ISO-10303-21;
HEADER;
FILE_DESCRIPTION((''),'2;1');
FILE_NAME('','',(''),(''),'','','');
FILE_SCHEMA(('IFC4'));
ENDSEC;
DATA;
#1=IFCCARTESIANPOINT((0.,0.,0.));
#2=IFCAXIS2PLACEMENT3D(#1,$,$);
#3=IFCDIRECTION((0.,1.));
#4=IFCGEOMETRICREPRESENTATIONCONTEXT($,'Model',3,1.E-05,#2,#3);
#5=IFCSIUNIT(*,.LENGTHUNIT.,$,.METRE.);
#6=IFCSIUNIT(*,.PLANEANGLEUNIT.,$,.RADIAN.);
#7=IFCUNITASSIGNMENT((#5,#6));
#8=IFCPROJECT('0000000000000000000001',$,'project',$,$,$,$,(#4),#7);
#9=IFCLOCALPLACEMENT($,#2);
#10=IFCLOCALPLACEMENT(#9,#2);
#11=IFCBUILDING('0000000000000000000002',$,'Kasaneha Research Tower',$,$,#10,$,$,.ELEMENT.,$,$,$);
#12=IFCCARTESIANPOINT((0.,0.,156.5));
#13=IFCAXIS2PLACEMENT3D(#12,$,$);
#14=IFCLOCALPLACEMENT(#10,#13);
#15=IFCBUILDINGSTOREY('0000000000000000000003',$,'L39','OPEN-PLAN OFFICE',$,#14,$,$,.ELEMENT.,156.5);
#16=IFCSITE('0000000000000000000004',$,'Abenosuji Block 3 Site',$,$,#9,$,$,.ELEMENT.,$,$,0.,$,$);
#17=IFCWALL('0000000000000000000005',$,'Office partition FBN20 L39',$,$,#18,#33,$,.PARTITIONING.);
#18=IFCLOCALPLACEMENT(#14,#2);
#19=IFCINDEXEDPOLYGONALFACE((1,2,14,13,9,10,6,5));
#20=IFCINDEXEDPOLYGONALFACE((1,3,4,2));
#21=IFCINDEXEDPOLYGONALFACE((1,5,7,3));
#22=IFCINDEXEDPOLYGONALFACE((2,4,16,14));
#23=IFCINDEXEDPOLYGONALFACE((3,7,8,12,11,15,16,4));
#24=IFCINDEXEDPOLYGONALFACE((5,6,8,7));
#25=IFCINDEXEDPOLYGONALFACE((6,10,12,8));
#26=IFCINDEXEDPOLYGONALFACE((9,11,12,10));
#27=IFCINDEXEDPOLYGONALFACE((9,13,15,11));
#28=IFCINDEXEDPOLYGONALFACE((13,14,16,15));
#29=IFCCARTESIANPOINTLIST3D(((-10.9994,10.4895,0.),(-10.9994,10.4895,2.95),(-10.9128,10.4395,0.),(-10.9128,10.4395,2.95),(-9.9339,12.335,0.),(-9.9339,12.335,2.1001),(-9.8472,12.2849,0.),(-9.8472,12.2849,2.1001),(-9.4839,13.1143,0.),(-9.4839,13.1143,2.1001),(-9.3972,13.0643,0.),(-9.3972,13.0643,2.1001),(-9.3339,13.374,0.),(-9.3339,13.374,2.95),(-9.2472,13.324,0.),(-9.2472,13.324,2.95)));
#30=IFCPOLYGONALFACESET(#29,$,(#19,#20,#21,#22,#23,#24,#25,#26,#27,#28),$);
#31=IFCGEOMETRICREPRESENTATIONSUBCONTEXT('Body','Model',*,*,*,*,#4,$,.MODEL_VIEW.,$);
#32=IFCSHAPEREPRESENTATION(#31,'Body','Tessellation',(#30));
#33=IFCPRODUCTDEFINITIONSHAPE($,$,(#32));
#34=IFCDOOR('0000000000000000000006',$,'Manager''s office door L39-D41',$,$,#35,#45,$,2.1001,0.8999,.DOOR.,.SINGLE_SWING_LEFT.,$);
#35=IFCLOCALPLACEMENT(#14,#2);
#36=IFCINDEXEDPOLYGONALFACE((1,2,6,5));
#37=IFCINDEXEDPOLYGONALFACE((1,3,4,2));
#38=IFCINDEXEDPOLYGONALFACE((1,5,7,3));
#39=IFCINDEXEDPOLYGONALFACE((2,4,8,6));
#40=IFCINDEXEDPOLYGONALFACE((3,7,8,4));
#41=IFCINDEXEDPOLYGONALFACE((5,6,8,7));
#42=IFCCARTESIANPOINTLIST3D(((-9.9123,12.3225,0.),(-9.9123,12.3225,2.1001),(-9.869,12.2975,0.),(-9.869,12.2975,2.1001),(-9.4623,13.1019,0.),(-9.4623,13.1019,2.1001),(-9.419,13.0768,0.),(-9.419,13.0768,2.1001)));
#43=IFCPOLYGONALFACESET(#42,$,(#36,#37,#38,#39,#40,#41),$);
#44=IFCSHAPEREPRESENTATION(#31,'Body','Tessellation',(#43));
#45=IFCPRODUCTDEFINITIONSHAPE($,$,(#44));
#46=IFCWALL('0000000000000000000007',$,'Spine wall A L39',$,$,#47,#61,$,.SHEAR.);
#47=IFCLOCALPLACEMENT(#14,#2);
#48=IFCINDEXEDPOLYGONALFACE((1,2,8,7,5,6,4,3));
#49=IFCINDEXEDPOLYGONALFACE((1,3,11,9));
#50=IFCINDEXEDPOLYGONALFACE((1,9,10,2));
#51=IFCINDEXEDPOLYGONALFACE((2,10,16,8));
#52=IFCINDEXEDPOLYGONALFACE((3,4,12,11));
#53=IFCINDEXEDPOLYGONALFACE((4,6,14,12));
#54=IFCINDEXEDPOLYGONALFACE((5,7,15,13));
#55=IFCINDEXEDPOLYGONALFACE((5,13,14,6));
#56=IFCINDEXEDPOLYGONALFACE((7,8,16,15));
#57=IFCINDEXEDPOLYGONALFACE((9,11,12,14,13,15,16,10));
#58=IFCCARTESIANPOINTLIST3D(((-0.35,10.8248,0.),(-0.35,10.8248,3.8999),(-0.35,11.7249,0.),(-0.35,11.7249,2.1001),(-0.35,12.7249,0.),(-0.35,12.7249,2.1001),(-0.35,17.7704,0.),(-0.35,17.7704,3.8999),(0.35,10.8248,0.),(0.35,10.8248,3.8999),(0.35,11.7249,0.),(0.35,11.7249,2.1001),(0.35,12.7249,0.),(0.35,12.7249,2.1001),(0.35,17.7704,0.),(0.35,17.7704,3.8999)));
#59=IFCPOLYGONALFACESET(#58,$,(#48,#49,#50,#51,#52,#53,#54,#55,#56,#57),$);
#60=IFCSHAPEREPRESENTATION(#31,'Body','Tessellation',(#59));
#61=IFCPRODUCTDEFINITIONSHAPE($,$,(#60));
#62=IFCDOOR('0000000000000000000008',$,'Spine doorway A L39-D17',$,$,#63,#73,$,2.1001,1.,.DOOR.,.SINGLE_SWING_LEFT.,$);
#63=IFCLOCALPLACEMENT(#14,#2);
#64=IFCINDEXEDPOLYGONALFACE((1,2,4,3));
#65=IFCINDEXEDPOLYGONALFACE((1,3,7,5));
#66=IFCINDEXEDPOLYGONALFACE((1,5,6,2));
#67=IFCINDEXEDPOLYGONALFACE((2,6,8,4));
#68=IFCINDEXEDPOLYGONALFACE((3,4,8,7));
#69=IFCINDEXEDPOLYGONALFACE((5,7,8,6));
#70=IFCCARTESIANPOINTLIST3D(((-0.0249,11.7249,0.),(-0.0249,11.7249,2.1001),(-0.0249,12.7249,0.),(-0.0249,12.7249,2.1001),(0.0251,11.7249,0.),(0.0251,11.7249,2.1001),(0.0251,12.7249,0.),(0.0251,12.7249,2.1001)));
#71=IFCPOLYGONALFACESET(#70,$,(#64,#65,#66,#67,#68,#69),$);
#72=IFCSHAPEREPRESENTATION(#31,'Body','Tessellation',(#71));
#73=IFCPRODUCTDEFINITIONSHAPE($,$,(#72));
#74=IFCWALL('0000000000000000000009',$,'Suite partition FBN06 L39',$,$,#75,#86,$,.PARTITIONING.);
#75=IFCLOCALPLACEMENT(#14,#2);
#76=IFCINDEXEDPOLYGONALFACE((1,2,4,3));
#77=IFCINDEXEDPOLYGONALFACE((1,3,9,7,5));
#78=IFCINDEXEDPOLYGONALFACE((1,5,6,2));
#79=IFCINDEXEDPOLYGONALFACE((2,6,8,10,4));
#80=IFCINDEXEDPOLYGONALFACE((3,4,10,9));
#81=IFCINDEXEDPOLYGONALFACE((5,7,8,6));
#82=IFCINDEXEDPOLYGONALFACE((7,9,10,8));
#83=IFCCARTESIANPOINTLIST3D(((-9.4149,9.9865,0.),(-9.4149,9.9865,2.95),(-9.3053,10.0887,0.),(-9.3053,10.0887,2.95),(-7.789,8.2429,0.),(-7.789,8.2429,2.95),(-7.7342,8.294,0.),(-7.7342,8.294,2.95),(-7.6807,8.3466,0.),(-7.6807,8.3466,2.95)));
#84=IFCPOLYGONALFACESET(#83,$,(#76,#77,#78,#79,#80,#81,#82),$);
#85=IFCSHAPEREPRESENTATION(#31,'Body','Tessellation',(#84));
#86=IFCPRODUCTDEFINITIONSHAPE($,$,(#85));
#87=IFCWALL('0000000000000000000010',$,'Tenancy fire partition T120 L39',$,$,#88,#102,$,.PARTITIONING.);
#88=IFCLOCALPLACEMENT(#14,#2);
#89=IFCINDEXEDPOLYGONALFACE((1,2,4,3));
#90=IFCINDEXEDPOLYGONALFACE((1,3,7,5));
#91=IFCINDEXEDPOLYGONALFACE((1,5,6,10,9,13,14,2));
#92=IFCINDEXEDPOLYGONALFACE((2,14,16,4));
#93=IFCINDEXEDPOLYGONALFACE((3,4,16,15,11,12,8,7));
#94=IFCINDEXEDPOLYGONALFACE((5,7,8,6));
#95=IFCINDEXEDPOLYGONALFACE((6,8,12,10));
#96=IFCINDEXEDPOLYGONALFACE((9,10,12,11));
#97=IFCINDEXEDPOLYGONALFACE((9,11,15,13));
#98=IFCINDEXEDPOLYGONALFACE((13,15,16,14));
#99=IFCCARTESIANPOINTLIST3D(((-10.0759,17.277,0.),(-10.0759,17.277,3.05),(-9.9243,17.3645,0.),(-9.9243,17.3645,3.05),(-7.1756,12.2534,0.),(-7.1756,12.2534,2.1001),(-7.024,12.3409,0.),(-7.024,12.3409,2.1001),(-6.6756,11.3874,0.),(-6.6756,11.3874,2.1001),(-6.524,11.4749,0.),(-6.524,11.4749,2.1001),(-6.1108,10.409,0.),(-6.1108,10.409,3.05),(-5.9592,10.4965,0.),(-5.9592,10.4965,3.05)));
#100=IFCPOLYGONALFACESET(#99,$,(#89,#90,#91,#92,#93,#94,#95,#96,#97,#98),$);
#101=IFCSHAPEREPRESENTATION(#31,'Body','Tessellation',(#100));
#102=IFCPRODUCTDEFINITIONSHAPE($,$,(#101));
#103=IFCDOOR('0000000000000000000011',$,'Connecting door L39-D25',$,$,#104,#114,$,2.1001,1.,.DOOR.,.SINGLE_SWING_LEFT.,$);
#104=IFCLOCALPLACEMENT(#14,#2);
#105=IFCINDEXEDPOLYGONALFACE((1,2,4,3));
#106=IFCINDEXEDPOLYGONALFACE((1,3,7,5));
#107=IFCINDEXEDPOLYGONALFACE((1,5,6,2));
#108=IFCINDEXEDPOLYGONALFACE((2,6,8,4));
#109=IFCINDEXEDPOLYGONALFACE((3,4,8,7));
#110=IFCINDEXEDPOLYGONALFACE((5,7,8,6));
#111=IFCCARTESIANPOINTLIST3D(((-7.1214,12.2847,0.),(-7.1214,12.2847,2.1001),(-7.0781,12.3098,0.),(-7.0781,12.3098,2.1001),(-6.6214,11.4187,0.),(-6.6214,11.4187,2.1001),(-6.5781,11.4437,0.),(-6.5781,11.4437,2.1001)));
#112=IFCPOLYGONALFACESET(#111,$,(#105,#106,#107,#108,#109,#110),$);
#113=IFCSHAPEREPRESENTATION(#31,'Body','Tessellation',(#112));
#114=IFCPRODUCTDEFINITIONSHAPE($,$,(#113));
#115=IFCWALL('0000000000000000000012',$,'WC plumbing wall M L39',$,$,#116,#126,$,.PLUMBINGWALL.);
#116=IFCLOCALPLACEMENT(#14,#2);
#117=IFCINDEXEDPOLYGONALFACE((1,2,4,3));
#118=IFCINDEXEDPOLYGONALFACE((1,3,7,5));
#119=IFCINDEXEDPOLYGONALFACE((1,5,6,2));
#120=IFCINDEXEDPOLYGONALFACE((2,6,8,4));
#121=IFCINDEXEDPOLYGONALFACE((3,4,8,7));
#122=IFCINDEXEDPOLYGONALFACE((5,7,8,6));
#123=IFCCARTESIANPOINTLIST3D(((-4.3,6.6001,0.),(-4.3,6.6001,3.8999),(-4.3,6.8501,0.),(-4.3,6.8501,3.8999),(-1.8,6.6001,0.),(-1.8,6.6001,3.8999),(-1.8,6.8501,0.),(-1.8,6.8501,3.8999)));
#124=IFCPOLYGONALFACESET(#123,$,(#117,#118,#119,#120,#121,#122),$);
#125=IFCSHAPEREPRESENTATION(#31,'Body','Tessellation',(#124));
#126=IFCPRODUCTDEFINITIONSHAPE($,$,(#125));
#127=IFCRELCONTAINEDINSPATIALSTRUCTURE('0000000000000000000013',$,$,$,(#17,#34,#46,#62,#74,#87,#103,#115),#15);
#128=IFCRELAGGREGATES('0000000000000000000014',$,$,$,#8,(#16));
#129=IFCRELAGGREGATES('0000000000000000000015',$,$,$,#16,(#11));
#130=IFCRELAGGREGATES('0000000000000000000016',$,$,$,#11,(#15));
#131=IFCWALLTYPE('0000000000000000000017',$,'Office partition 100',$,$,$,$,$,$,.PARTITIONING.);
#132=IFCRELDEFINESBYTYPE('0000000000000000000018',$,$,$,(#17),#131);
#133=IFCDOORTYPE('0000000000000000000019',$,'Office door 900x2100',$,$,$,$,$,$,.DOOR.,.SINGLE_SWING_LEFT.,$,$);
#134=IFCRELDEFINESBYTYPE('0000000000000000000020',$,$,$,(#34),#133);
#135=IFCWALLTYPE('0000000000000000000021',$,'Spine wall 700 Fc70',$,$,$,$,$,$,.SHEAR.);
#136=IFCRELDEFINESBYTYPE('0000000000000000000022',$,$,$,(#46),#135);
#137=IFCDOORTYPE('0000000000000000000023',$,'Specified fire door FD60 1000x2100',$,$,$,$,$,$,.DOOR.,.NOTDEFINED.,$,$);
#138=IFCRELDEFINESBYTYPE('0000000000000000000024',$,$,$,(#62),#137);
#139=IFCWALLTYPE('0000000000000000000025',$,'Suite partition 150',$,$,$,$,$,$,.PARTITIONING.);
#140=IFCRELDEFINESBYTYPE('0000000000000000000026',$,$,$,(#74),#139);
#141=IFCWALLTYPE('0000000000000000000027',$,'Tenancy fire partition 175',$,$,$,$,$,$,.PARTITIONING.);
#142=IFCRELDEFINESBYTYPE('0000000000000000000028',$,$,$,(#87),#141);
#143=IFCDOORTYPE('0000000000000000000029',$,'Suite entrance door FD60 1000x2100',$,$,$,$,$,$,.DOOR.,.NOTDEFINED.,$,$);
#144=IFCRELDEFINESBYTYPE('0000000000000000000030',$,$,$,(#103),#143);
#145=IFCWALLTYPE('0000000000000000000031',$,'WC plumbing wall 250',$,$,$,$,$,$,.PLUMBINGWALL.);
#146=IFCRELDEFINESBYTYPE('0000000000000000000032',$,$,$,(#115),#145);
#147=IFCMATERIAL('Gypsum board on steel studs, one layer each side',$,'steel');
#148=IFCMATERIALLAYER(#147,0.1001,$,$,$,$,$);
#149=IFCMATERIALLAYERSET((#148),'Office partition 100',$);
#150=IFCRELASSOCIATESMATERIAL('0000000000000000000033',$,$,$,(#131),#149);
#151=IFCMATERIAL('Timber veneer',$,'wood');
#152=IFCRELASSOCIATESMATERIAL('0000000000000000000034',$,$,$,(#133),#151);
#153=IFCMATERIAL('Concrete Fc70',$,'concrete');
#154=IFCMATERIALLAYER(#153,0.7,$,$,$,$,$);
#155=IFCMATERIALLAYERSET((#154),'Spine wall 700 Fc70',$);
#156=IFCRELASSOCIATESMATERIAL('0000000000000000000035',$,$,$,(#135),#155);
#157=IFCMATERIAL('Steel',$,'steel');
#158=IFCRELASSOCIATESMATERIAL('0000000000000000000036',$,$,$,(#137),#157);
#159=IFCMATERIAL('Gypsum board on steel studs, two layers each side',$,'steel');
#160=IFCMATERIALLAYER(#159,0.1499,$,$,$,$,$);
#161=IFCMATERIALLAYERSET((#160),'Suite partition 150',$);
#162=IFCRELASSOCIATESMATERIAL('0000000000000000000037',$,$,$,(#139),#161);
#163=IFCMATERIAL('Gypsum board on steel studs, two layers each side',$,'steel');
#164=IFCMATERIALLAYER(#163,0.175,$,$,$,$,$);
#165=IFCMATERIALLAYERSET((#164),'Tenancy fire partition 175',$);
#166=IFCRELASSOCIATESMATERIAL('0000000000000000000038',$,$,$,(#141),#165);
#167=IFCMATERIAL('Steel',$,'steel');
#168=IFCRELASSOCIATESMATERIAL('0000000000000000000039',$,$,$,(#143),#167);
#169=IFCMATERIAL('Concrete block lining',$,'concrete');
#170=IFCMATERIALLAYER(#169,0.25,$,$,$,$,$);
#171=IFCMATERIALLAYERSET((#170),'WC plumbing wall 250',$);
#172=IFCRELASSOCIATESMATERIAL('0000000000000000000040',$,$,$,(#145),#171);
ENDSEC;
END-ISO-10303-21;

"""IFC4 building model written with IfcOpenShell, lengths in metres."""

from ifc_helpers import new_model, si_unit, direction, frame, frame_2d, origin, place, context, subcontext, project, spatial, polyline, rectangle, outline, extrude, material, layer, layer_set, type_object, element, fill, save


model = new_model("IFC4")

# Units and contexts
model_context = context("Model", 3, precision=1e-05, world=origin(), true_north=direction((0.0, 1.0)))
body_context = subcontext(model_context, "Body", "Model", "MODEL_VIEW")
ifc_project = project(units=[si_unit("LENGTHUNIT", "METRE"), si_unit("PLANEANGLEUNIT", "RADIAN")], contexts=[model_context])

# Site, building, storey
site_placement = place(None, origin())
site = spatial("IfcSite", under=ifc_project, at=site_placement, Name="Abenosuji Block 3 Site", CompositionType="ELEMENT", RefElevation=0.0)
building_placement = place(site_placement, origin())
building = spatial("IfcBuilding", under=site, at=building_placement, Name="Kasaneha Research Tower", CompositionType="ELEMENT")
storey_placement = place(building_placement, frame((0.0, 0.0, 156.5)))
storey = spatial("IfcBuildingStorey", under=building, at=storey_placement, Name="L39", Description="OPEN-PLAN OFFICE", CompositionType="ELEMENT", Elevation=156.5)

# Shared definitions
ifc_material_1 = material(Name="Gypsum board on steel studs, one layer each side", Category="steel")
ifc_layer_1 = layer(ifc_material_1, 0.1001)
ifc_layer_set_1 = layer_set([ifc_layer_1], Name="Office partition 100")
wall_type_1 = type_object("IfcWallType", Name="Office partition 100", PredefinedType="PARTITIONING", material=ifc_layer_set_1)

# Walls, openings, doors
wall_1_placement = place(storey_placement, frame((-9.2905, 13.3491, 0.0), z_axis=(0.0, 0.0, 1.0), x_axis=(-0.500033, -0.866006, 0.0)))
wall_1 = element("IfcWall", 1, at=wall_1_placement, inside=storey, type_object=wall_type_1, Name="Office partition FBN20 L39", PredefinedType="PARTITIONING", context=body_context, shape_type="SweptSolid", body=[
    extrude(rectangle(XDim=3.3308, YDim=0.1001, at=frame_2d((1.6655, 0.0))), origin(), (0.0, 0.0, 1.0), 2.95),
])
opening_1_placement = place(wall_1_placement, frame((0.3, 0.0, 0.0)))
opening_1 = element("IfcOpeningElement", 2, at=opening_1_placement, cuts=wall_1, PredefinedType="OPENING", context=body_context, shape_type="SweptSolid", body=[
    extrude(rectangle(XDim=0.8999, YDim=2.1001, at=frame_2d((0.45, 1.05))), frame((0.0, 0.0601, 0.0), z_axis=(0.0, -1.0, 0.0), x_axis=(1.0, 0.0, 0.0)), (0.0, 0.0, 1.0), 0.1201),
])
ifc_material_2 = material(Name="Timber veneer", Category="wood")
door_type_1 = type_object("IfcDoorType", Name="Office door 900x2100", OperationType="SINGLE_SWING_LEFT", PredefinedType="DOOR", material=ifc_material_2)
door_1_placement = place(opening_1_placement, origin())
door_1 = element("IfcDoor", 3, at=door_1_placement, inside=storey, type_object=door_type_1, Name="Manager's office door L39-D41", OperationType="SINGLE_SWING_LEFT", OverallHeight=2.1001, OverallWidth=0.8999, PredefinedType="DOOR", context=body_context, shape_type="SweptSolid", body=[
    extrude(rectangle(XDim=0.8999, YDim=2.1001, at=frame_2d((0.45, 1.05))), frame((0.0, 0.0249, 0.0), z_axis=(0.0, -1.0, 0.0), x_axis=(1.0, 0.0, 0.0)), (0.0, 0.0, 1.0), 0.05),
])
fill(opening_1, door_1)
ifc_material_3 = material(Name="Concrete Fc70", Category="concrete")
ifc_layer_2 = layer(ifc_material_3, 0.7)
ifc_layer_set_2 = layer_set([ifc_layer_2], Name="Spine wall 700 Fc70")
wall_type_2 = type_object("IfcWallType", Name="Spine wall 700 Fc70", PredefinedType="SHEAR", material=ifc_layer_set_2)
wall_2_placement = place(storey_placement, frame((0.0, 10.825, 0.0), z_axis=(0.0, 0.0, 1.0), x_axis=(0.0, 1.0, 0.0)))
wall_2 = element("IfcWall", 4, at=wall_2_placement, inside=storey, type_object=wall_type_2, Name="Spine wall A L39", PredefinedType="SHEAR", context=body_context, shape_type="SweptSolid", body=[
    extrude(rectangle(XDim=6.9456, YDim=0.7, at=frame_2d((3.4727, 0.0))), origin(), (0.0, 0.0, 1.0), 3.8999),
])
opening_2_placement = place(wall_2_placement, frame((0.8999, 0.0, 0.0)))
opening_2 = element("IfcOpeningElement", 5, at=opening_2_placement, cuts=wall_2, PredefinedType="OPENING", context=body_context, shape_type="SweptSolid", body=[
    extrude(rectangle(XDim=1.0, YDim=2.1001, at=frame_2d((0.5, 1.05))), frame((0.0, 0.3599, 0.0), z_axis=(0.0, -1.0, 0.0), x_axis=(1.0, 0.0, 0.0)), (0.0, 0.0, 1.0), 0.72),
])
ifc_material_4 = material(Name="Steel", Category="steel")
door_type_2 = type_object("IfcDoorType", Name="Specified fire door FD60 1000x2100", OperationType="NOTDEFINED", PredefinedType="DOOR", material=ifc_material_4)
door_2_placement = place(opening_2_placement, origin())
door_2 = element("IfcDoor", 6, at=door_2_placement, inside=storey, type_object=door_type_2, Name="Spine doorway A L39-D17", OperationType="SINGLE_SWING_LEFT", OverallHeight=2.1001, OverallWidth=1.0, PredefinedType="DOOR", context=body_context, shape_type="SweptSolid", body=[
    extrude(rectangle(XDim=1.0, YDim=2.1001, at=frame_2d((0.5, 1.05))), frame((0.0, 0.0249, 0.0), z_axis=(0.0, -1.0, 0.0), x_axis=(1.0, 0.0, 0.0)), (0.0, 0.0, 1.0), 0.05),
])
fill(opening_2, door_2)

# Wall
ifc_material_5 = material(Name="Gypsum board on steel studs, two layers each side", Category="steel")
ifc_layer_3 = layer(ifc_material_5, 0.1499)
ifc_layer_set_3 = layer_set([ifc_layer_3], Name="Suite partition 150")
wall_type_3 = type_object("IfcWallType", Name="Suite partition 150", PredefinedType="PARTITIONING", material=ifc_layer_set_3)
wall_3_placement = place(storey_placement, frame((-9.3601, 10.0376, 0.0), z_axis=(0.0, 0.0, 1.0), x_axis=(0.681997, -0.731355, 0.0)))
element("IfcWall", 7, at=wall_3_placement, inside=storey, type_object=wall_type_3, Name="Suite partition FBN06 L39", PredefinedType="PARTITIONING", context=body_context, shape_type="SweptSolid", body=[
    extrude(outline(polyline([(0.0, -0.075), (2.384, -0.075), (2.384, 0.0), (2.3821, 0.075), (0.0, 0.075), (0.0, -0.075)])), origin(), (0.0, 0.0, 1.0), 2.95),
])

# Wall, opening, door
ifc_material_6 = material(Name="Gypsum board on steel studs, two layers each side", Category="steel")
ifc_layer_4 = layer(ifc_material_6, 0.175)
ifc_layer_set_4 = layer_set([ifc_layer_4], Name="Tenancy fire partition 175")
wall_type_4 = type_object("IfcWallType", Name="Tenancy fire partition 175", PredefinedType="PARTITIONING", material=ifc_layer_set_4)
wall_4_placement = place(storey_placement, frame((-6.0349, 10.4526, 0.0), z_axis=(0.0, 0.0, 1.0), x_axis=(-0.49999, 0.866031, 0.0)))
wall_4 = element("IfcWall", 8, at=wall_4_placement, inside=storey, type_object=wall_type_4, Name="Tenancy fire partition T120 L39", PredefinedType="PARTITIONING", context=body_context, shape_type="SweptSolid", body=[
    extrude(rectangle(XDim=7.9304, YDim=0.175, at=frame_2d((3.9653, 0.0))), origin(), (0.0, 0.0, 1.0), 3.05),
])
opening_3_placement = place(wall_4_placement, frame((1.1299, 0.0, 0.0)))
opening_3 = element("IfcOpeningElement", 9, at=opening_3_placement, cuts=wall_4, PredefinedType="OPENING", context=body_context, shape_type="SweptSolid", body=[
    extrude(rectangle(XDim=1.0, YDim=2.1001, at=frame_2d((0.5, 1.05))), frame((0.0, 0.0977, 0.0), z_axis=(0.0, -1.0, 0.0), x_axis=(1.0, 0.0, 0.0)), (0.0, 0.0, 1.0), 0.1951),
])
ifc_material_7 = material(Name="Steel", Category="steel")
door_type_3 = type_object("IfcDoorType", Name="Suite entrance door FD60 1000x2100", OperationType="NOTDEFINED", PredefinedType="DOOR", material=ifc_material_7)
door_3_placement = place(opening_3_placement, origin())
door_3 = element("IfcDoor", 10, at=door_3_placement, inside=storey, type_object=door_type_3, Name="Connecting door L39-D25", OperationType="SINGLE_SWING_LEFT", OverallHeight=2.1001, OverallWidth=1.0, PredefinedType="DOOR", context=body_context, shape_type="SweptSolid", body=[
    extrude(rectangle(XDim=1.0, YDim=2.1001, at=frame_2d((0.5, 1.05))), frame((0.0, 0.0249, 0.0), z_axis=(0.0, -1.0, 0.0), x_axis=(1.0, 0.0, 0.0)), (0.0, 0.0, 1.0), 0.05),
])
fill(opening_3, door_3)

# Wall
ifc_material_8 = material(Name="Concrete block lining", Category="concrete")
ifc_layer_5 = layer(ifc_material_8, 0.25)
ifc_layer_set_5 = layer_set([ifc_layer_5], Name="WC plumbing wall 250")
wall_type_5 = type_object("IfcWallType", Name="WC plumbing wall 250", PredefinedType="PLUMBINGWALL", material=ifc_layer_set_5)
wall_5_placement = place(storey_placement, frame((-4.3, 6.7251, 0.0), z_axis=(0.0, 0.0, 1.0), x_axis=(1.0, 0.0, 0.0)))
element("IfcWall", 11, at=wall_5_placement, inside=storey, type_object=wall_type_5, Name="WC plumbing wall M L39", PredefinedType="PLUMBINGWALL", context=body_context, shape_type="SweptSolid", body=[
    extrude(rectangle(XDim=2.5, YDim=0.25, at=frame_2d((1.25, 0.0))), origin(), (0.0, 0.0, 1.0), 3.8999),
])

save(model, "model.ifc")
